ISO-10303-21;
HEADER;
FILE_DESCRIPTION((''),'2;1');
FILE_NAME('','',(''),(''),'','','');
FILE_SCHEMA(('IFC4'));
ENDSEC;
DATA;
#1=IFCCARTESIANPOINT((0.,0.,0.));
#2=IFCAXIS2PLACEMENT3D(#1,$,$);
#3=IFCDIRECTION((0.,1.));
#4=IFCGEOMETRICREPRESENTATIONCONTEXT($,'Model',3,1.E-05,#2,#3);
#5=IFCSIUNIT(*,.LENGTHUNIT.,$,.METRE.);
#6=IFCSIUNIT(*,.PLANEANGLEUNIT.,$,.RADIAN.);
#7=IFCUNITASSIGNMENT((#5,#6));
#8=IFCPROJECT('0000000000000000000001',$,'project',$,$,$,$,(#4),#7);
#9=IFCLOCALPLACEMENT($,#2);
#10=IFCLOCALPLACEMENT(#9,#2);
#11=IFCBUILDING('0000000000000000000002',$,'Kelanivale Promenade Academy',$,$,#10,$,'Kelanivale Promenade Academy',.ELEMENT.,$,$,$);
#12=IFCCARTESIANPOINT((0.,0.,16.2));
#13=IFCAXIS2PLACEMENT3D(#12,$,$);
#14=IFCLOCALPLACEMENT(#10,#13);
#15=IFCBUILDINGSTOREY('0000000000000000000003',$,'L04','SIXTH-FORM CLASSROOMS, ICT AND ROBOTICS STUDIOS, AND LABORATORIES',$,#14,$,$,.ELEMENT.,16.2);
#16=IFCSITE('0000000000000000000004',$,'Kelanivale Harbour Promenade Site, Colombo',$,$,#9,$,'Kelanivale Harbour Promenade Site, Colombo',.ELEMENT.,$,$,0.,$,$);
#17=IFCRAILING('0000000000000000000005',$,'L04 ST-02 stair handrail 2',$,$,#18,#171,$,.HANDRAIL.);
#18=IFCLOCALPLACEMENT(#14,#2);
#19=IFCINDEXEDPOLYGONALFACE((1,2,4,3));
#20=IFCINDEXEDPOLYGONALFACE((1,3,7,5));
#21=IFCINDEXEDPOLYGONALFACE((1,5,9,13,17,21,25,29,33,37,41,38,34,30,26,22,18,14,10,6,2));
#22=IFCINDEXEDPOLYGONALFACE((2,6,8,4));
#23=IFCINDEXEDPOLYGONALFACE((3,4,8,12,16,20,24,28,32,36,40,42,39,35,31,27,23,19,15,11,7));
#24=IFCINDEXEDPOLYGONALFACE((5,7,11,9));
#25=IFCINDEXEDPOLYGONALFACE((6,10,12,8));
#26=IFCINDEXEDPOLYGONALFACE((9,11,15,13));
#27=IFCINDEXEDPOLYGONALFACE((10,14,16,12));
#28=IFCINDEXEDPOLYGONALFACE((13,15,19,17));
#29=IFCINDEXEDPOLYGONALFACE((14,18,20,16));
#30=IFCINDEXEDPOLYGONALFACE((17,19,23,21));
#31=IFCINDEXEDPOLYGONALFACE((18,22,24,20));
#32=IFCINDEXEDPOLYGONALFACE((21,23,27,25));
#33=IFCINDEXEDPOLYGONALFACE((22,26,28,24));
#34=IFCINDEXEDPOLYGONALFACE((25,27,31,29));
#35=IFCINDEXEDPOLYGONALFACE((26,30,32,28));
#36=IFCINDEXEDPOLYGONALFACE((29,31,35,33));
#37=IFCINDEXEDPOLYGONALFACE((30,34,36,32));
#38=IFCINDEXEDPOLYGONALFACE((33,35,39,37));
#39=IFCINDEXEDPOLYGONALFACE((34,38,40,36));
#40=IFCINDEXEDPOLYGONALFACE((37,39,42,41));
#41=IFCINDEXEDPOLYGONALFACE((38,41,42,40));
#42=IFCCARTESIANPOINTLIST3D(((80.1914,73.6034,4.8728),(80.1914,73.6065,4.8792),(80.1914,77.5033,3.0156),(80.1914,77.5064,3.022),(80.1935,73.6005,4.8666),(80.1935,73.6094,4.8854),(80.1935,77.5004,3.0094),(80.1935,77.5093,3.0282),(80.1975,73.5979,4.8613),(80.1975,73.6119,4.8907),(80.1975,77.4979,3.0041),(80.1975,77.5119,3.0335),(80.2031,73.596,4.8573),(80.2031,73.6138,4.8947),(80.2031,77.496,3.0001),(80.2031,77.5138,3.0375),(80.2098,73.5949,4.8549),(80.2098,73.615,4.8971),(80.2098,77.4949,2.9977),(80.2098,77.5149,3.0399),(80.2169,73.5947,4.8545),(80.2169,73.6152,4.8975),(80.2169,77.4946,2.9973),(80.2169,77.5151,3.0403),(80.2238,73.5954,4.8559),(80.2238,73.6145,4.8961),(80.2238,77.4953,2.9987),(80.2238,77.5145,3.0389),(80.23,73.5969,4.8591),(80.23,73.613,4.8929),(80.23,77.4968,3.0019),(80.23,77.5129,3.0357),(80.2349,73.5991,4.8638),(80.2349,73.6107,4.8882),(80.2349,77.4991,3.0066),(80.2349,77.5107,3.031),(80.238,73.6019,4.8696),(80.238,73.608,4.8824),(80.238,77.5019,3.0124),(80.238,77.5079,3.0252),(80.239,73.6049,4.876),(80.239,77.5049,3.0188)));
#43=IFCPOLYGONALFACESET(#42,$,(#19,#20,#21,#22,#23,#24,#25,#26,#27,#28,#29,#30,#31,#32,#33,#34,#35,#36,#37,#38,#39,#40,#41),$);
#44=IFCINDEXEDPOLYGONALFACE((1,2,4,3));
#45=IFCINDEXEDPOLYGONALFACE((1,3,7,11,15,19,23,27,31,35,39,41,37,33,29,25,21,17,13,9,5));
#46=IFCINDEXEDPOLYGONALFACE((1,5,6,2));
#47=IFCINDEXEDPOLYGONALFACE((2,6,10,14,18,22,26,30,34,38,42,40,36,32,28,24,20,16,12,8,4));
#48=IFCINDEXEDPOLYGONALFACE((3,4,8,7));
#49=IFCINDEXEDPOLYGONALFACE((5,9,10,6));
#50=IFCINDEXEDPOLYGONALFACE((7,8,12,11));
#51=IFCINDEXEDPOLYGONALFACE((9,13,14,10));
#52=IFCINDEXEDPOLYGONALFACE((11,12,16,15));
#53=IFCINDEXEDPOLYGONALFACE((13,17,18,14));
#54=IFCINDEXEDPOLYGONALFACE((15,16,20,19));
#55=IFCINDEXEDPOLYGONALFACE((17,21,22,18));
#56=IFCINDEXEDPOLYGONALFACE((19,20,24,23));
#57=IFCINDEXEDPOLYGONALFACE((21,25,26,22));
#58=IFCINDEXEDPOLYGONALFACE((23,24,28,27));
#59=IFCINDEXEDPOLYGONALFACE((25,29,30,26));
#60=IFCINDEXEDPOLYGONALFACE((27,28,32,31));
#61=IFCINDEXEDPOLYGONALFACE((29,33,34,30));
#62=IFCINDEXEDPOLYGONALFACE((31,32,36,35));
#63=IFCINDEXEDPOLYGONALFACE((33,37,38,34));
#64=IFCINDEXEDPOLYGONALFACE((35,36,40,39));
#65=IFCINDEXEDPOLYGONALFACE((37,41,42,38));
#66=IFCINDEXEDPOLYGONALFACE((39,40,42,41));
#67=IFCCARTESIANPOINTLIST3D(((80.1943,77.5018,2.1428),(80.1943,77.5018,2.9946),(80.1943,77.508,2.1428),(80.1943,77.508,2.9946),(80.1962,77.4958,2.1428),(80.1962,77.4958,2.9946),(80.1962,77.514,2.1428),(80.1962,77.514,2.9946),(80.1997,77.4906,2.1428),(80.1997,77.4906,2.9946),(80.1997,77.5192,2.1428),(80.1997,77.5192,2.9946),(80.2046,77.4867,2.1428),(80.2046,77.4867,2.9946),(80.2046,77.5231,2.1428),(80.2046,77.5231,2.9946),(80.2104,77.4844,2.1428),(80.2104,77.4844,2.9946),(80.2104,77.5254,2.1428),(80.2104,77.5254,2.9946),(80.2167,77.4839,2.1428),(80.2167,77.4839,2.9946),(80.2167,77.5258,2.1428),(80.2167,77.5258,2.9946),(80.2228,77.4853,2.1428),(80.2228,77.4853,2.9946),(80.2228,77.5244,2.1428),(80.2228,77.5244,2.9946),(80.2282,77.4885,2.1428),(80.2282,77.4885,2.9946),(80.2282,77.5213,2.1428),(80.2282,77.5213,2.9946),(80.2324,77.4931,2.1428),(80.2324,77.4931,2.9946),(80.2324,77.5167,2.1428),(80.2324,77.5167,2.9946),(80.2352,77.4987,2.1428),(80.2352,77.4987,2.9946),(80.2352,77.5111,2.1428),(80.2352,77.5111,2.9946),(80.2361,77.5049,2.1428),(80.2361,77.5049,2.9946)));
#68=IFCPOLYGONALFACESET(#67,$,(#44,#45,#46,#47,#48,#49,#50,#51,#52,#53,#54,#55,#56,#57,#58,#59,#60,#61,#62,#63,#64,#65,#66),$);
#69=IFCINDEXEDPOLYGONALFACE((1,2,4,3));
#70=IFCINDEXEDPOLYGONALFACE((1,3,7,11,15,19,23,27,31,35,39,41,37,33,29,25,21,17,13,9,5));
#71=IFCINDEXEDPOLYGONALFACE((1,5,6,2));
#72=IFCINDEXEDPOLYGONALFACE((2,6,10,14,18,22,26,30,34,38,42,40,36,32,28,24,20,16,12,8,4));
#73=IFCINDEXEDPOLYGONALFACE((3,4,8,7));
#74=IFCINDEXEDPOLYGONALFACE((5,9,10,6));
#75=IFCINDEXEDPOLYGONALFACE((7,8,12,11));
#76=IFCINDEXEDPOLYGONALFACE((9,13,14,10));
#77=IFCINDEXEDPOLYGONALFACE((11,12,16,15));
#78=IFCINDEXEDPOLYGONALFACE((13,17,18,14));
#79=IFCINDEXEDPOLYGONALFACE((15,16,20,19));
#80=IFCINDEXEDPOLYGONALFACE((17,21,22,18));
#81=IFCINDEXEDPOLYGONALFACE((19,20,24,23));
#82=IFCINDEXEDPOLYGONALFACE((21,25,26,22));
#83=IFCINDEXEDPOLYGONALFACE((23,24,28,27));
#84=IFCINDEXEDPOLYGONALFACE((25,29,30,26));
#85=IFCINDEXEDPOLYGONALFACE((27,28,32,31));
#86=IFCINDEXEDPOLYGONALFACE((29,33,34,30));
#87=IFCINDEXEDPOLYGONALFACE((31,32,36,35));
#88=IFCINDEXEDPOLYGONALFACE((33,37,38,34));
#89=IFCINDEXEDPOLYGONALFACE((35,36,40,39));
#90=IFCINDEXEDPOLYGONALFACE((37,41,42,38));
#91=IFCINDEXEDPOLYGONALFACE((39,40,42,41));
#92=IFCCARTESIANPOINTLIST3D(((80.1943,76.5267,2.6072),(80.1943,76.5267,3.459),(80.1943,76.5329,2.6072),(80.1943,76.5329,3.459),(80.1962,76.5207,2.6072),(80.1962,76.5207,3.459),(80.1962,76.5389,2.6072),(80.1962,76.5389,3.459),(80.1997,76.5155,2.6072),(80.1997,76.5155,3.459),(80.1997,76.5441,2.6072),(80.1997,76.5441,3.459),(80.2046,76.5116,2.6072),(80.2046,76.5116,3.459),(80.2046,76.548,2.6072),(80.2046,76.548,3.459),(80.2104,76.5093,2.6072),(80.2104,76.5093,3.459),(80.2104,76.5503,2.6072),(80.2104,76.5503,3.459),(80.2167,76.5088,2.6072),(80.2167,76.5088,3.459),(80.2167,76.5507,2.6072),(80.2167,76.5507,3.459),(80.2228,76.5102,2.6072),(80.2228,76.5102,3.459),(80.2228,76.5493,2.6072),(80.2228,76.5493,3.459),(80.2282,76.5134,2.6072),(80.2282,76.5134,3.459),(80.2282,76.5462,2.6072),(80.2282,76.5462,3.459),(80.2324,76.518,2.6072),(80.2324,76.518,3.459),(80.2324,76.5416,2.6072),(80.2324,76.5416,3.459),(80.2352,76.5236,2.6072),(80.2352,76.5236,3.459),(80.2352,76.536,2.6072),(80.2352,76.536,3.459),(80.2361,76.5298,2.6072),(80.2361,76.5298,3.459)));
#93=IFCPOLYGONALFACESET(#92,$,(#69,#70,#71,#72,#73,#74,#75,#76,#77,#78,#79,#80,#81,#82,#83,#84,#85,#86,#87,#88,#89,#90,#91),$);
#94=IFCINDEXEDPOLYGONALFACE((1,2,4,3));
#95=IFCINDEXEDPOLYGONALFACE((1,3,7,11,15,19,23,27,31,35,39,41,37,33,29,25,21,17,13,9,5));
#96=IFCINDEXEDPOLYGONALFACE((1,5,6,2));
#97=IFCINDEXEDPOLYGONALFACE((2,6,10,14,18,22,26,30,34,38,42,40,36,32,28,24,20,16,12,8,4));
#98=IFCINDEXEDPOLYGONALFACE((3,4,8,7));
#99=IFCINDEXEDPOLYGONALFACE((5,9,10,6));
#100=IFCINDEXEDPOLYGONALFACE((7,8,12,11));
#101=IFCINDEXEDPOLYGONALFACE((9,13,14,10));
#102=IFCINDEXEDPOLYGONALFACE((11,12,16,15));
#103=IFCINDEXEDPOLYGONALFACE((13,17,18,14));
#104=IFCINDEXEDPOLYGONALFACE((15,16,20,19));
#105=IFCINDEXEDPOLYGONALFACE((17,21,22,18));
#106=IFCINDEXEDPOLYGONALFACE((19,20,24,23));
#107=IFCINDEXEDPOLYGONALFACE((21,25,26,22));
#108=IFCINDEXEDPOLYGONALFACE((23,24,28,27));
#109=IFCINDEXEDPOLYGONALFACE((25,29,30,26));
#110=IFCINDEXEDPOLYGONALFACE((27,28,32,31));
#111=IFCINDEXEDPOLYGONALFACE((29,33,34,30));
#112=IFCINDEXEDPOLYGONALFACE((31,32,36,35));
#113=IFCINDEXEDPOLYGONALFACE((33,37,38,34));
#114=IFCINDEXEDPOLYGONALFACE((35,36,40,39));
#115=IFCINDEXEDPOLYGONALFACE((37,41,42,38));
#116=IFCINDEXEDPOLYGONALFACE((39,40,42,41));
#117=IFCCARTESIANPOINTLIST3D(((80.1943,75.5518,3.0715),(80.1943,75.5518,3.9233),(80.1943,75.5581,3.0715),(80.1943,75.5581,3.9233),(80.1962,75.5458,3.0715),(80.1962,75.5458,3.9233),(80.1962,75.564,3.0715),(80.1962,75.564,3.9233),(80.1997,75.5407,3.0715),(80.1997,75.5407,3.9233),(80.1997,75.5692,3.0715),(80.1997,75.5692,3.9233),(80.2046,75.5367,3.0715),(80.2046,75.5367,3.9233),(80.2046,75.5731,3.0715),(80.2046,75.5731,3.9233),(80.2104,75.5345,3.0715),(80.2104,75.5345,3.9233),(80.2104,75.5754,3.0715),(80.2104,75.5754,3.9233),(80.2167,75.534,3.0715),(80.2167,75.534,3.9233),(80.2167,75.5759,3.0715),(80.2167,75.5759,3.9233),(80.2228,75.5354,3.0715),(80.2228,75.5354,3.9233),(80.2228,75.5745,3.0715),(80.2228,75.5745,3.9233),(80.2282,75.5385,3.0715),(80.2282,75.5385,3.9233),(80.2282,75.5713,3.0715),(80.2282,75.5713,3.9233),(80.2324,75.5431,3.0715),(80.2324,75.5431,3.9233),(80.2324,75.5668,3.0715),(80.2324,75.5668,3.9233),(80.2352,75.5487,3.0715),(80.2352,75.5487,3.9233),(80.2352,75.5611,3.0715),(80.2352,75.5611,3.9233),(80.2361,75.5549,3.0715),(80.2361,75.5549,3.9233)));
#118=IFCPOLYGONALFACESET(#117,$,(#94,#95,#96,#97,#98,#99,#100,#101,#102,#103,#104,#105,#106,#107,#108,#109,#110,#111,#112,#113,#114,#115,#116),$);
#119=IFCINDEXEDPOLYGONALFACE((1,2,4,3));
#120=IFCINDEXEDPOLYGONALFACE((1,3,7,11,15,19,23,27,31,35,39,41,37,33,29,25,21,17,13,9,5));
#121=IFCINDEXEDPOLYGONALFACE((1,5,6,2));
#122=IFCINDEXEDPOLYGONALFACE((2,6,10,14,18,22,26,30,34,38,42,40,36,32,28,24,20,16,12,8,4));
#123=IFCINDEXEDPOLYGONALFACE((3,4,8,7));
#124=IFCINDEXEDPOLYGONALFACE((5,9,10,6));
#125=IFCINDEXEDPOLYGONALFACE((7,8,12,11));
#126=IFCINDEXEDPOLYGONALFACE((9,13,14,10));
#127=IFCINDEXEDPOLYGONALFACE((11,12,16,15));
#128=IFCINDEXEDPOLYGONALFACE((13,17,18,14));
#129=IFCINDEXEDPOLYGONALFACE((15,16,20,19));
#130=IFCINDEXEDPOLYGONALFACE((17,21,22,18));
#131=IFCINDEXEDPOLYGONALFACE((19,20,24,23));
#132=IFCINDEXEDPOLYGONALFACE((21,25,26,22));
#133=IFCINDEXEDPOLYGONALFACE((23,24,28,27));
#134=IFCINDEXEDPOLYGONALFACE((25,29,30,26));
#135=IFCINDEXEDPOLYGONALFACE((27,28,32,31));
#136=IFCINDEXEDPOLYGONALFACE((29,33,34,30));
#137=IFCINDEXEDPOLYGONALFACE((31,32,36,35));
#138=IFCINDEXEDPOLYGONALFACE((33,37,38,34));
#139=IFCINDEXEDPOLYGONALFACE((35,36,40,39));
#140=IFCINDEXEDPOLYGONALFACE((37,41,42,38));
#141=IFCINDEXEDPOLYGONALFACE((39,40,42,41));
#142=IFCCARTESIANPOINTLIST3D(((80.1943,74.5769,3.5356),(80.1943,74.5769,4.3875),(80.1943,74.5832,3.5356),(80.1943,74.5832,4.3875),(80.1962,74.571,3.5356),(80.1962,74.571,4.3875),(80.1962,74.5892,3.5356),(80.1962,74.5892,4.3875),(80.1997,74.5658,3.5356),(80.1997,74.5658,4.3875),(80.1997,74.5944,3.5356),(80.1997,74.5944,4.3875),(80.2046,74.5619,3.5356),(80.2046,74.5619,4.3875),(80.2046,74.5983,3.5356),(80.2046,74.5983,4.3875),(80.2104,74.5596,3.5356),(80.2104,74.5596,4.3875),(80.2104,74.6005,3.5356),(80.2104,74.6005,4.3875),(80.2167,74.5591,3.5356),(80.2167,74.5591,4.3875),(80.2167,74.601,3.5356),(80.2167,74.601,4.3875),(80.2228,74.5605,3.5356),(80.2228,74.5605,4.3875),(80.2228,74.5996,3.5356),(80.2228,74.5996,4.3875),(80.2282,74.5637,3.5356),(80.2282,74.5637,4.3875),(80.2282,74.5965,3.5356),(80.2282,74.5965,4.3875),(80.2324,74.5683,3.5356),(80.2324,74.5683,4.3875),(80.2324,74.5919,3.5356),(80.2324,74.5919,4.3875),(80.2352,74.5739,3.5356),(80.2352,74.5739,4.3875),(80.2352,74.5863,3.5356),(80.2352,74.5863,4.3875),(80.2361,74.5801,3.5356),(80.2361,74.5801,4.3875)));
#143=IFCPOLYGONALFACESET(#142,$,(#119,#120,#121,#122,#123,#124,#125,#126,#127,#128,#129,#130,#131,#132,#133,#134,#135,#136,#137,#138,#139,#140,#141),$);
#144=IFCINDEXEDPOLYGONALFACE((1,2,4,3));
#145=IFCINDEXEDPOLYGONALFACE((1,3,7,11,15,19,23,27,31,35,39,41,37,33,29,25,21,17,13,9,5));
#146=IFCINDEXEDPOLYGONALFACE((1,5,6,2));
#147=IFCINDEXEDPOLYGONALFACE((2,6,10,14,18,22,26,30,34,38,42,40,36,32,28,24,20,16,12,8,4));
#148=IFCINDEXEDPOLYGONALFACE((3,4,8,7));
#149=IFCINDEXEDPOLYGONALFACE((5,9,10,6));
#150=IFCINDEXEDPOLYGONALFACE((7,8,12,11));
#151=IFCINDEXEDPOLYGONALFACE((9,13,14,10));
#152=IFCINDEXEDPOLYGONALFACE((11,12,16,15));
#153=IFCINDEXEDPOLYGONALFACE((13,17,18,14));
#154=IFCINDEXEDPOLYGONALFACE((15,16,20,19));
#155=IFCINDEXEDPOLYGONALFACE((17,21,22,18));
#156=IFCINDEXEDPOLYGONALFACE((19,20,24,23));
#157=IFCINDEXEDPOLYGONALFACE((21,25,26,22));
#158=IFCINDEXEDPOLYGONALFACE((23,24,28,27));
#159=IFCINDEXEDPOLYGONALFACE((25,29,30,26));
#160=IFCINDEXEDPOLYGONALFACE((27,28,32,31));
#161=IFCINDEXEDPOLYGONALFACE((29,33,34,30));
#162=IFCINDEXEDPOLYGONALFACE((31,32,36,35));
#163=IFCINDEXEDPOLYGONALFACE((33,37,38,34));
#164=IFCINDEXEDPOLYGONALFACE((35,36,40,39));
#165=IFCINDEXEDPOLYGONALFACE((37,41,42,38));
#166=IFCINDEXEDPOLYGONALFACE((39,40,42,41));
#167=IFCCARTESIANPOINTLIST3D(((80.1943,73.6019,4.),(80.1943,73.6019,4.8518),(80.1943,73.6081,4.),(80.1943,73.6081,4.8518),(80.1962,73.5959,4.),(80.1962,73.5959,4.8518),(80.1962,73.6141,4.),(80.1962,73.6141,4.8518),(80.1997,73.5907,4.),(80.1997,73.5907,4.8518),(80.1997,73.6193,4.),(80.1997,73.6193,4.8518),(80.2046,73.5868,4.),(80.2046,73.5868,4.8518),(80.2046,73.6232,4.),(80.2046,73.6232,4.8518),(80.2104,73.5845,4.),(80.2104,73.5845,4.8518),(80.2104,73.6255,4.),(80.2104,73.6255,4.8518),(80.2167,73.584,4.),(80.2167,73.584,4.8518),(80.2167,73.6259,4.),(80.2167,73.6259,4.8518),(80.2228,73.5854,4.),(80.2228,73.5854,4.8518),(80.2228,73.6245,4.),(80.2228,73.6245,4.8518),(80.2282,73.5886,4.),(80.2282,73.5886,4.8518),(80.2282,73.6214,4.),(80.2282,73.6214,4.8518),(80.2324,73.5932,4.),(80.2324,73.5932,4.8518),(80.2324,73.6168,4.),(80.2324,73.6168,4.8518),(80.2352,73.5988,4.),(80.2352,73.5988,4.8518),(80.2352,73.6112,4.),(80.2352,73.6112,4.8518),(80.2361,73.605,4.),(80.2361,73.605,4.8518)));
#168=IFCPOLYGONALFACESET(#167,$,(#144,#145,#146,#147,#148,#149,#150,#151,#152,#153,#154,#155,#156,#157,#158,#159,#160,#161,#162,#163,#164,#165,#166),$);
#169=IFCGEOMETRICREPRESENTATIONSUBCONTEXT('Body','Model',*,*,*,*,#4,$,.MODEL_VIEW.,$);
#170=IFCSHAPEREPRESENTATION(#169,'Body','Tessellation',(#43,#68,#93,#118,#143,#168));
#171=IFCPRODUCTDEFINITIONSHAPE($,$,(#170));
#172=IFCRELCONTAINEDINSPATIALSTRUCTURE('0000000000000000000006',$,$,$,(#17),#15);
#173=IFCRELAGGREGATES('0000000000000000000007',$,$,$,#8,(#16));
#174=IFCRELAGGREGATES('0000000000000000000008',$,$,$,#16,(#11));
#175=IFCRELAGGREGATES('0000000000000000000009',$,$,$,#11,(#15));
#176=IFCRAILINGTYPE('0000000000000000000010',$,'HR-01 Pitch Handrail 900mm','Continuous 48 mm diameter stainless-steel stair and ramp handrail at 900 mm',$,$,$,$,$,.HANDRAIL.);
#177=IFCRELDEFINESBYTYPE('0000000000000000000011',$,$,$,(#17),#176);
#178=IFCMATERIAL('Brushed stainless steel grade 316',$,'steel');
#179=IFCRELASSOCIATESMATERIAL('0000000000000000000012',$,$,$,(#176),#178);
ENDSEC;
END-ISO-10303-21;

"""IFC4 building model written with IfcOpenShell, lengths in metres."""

from ifc_helpers import new_model, si_unit, direction, frame, origin, origin_2d, place, context, subcontext, project, spatial, circle, extrude, material, type_object, element, save


model = new_model("IFC4")

# Units and contexts
model_context = context("Model", 3, precision=1e-05, world=origin(), true_north=direction((0.0, 1.0)))
body_context = subcontext(model_context, "Body", "Model", "MODEL_VIEW")
ifc_project = project(units=[si_unit("LENGTHUNIT", "METRE"), si_unit("PLANEANGLEUNIT", "RADIAN")], contexts=[model_context])

# Site, building, storey
site_placement = place(None, origin())
site = spatial("IfcSite", under=ifc_project, at=site_placement, Name="Kelanivale Harbour Promenade Site, Colombo", LongName="Kelanivale Harbour Promenade Site, Colombo", CompositionType="ELEMENT", RefElevation=0.0)
building_placement = place(site_placement, origin())
building = spatial("IfcBuilding", under=site, at=building_placement, Name="Kelanivale Promenade Academy", LongName="Kelanivale Promenade Academy", CompositionType="ELEMENT")
storey_placement = place(building_placement, frame((0.0, 0.0, 16.2)))
storey = spatial("IfcBuildingStorey", under=building, at=storey_placement, Name="L04", Description="SIXTH-FORM CLASSROOMS, ICT AND ROBOTICS STUDIOS, AND LABORATORIES", CompositionType="ELEMENT", Elevation=16.2)

# Railing
ifc_material_1 = material(Name="Brushed stainless steel grade 316", Category="steel")
railing_type_1 = type_object("IfcRailingType", Name="HR-01 Pitch Handrail 900mm", Description="Continuous 48 mm diameter stainless-steel stair and ramp handrail at 900 mm", PredefinedType="HANDRAIL", material=ifc_material_1)
railing_1_placement = place(storey_placement, frame((80.2151, 77.5049, 2.1428)))
element("IfcRailing", 1, at=railing_1_placement, inside=storey, type_object=railing_type_1, Name="L04 ST-02 stair handrail 2", PredefinedType="HANDRAIL", context=body_context, shape_type="SweptSolid", body=[
    extrude(circle(Radius=0.0239, at=origin_2d()), frame((0.0, 0.0, 0.876), z_axis=(0.0, -0.902853, 0.429949), x_axis=(1.0, 0.0, 0.0)), (0.0, 0.0, 1.0), 4.3196),
    extrude(circle(Radius=0.021, at=origin_2d()), origin(), (0.0, 0.0, 1.0), 0.8518),
    extrude(circle(Radius=0.021, at=origin_2d()), frame((0.0, -0.9751, 0.4644)), (0.0, 0.0, 1.0), 0.8518),
    extrude(circle(Radius=0.021, at=origin_2d()), frame((0.0, -1.95, 0.9287)), (0.0, 0.0, 1.0), 0.8518),
    extrude(circle(Radius=0.021, at=origin_2d()), frame((0.0, -2.9248, 1.3928)), (0.0, 0.0, 1.0), 0.8518),
    extrude(circle(Radius=0.021, at=origin_2d()), frame((0.0, -3.8999, 1.8572)), (0.0, 0.0, 1.0), 0.8518),
])

save(model, "model.ifc")
